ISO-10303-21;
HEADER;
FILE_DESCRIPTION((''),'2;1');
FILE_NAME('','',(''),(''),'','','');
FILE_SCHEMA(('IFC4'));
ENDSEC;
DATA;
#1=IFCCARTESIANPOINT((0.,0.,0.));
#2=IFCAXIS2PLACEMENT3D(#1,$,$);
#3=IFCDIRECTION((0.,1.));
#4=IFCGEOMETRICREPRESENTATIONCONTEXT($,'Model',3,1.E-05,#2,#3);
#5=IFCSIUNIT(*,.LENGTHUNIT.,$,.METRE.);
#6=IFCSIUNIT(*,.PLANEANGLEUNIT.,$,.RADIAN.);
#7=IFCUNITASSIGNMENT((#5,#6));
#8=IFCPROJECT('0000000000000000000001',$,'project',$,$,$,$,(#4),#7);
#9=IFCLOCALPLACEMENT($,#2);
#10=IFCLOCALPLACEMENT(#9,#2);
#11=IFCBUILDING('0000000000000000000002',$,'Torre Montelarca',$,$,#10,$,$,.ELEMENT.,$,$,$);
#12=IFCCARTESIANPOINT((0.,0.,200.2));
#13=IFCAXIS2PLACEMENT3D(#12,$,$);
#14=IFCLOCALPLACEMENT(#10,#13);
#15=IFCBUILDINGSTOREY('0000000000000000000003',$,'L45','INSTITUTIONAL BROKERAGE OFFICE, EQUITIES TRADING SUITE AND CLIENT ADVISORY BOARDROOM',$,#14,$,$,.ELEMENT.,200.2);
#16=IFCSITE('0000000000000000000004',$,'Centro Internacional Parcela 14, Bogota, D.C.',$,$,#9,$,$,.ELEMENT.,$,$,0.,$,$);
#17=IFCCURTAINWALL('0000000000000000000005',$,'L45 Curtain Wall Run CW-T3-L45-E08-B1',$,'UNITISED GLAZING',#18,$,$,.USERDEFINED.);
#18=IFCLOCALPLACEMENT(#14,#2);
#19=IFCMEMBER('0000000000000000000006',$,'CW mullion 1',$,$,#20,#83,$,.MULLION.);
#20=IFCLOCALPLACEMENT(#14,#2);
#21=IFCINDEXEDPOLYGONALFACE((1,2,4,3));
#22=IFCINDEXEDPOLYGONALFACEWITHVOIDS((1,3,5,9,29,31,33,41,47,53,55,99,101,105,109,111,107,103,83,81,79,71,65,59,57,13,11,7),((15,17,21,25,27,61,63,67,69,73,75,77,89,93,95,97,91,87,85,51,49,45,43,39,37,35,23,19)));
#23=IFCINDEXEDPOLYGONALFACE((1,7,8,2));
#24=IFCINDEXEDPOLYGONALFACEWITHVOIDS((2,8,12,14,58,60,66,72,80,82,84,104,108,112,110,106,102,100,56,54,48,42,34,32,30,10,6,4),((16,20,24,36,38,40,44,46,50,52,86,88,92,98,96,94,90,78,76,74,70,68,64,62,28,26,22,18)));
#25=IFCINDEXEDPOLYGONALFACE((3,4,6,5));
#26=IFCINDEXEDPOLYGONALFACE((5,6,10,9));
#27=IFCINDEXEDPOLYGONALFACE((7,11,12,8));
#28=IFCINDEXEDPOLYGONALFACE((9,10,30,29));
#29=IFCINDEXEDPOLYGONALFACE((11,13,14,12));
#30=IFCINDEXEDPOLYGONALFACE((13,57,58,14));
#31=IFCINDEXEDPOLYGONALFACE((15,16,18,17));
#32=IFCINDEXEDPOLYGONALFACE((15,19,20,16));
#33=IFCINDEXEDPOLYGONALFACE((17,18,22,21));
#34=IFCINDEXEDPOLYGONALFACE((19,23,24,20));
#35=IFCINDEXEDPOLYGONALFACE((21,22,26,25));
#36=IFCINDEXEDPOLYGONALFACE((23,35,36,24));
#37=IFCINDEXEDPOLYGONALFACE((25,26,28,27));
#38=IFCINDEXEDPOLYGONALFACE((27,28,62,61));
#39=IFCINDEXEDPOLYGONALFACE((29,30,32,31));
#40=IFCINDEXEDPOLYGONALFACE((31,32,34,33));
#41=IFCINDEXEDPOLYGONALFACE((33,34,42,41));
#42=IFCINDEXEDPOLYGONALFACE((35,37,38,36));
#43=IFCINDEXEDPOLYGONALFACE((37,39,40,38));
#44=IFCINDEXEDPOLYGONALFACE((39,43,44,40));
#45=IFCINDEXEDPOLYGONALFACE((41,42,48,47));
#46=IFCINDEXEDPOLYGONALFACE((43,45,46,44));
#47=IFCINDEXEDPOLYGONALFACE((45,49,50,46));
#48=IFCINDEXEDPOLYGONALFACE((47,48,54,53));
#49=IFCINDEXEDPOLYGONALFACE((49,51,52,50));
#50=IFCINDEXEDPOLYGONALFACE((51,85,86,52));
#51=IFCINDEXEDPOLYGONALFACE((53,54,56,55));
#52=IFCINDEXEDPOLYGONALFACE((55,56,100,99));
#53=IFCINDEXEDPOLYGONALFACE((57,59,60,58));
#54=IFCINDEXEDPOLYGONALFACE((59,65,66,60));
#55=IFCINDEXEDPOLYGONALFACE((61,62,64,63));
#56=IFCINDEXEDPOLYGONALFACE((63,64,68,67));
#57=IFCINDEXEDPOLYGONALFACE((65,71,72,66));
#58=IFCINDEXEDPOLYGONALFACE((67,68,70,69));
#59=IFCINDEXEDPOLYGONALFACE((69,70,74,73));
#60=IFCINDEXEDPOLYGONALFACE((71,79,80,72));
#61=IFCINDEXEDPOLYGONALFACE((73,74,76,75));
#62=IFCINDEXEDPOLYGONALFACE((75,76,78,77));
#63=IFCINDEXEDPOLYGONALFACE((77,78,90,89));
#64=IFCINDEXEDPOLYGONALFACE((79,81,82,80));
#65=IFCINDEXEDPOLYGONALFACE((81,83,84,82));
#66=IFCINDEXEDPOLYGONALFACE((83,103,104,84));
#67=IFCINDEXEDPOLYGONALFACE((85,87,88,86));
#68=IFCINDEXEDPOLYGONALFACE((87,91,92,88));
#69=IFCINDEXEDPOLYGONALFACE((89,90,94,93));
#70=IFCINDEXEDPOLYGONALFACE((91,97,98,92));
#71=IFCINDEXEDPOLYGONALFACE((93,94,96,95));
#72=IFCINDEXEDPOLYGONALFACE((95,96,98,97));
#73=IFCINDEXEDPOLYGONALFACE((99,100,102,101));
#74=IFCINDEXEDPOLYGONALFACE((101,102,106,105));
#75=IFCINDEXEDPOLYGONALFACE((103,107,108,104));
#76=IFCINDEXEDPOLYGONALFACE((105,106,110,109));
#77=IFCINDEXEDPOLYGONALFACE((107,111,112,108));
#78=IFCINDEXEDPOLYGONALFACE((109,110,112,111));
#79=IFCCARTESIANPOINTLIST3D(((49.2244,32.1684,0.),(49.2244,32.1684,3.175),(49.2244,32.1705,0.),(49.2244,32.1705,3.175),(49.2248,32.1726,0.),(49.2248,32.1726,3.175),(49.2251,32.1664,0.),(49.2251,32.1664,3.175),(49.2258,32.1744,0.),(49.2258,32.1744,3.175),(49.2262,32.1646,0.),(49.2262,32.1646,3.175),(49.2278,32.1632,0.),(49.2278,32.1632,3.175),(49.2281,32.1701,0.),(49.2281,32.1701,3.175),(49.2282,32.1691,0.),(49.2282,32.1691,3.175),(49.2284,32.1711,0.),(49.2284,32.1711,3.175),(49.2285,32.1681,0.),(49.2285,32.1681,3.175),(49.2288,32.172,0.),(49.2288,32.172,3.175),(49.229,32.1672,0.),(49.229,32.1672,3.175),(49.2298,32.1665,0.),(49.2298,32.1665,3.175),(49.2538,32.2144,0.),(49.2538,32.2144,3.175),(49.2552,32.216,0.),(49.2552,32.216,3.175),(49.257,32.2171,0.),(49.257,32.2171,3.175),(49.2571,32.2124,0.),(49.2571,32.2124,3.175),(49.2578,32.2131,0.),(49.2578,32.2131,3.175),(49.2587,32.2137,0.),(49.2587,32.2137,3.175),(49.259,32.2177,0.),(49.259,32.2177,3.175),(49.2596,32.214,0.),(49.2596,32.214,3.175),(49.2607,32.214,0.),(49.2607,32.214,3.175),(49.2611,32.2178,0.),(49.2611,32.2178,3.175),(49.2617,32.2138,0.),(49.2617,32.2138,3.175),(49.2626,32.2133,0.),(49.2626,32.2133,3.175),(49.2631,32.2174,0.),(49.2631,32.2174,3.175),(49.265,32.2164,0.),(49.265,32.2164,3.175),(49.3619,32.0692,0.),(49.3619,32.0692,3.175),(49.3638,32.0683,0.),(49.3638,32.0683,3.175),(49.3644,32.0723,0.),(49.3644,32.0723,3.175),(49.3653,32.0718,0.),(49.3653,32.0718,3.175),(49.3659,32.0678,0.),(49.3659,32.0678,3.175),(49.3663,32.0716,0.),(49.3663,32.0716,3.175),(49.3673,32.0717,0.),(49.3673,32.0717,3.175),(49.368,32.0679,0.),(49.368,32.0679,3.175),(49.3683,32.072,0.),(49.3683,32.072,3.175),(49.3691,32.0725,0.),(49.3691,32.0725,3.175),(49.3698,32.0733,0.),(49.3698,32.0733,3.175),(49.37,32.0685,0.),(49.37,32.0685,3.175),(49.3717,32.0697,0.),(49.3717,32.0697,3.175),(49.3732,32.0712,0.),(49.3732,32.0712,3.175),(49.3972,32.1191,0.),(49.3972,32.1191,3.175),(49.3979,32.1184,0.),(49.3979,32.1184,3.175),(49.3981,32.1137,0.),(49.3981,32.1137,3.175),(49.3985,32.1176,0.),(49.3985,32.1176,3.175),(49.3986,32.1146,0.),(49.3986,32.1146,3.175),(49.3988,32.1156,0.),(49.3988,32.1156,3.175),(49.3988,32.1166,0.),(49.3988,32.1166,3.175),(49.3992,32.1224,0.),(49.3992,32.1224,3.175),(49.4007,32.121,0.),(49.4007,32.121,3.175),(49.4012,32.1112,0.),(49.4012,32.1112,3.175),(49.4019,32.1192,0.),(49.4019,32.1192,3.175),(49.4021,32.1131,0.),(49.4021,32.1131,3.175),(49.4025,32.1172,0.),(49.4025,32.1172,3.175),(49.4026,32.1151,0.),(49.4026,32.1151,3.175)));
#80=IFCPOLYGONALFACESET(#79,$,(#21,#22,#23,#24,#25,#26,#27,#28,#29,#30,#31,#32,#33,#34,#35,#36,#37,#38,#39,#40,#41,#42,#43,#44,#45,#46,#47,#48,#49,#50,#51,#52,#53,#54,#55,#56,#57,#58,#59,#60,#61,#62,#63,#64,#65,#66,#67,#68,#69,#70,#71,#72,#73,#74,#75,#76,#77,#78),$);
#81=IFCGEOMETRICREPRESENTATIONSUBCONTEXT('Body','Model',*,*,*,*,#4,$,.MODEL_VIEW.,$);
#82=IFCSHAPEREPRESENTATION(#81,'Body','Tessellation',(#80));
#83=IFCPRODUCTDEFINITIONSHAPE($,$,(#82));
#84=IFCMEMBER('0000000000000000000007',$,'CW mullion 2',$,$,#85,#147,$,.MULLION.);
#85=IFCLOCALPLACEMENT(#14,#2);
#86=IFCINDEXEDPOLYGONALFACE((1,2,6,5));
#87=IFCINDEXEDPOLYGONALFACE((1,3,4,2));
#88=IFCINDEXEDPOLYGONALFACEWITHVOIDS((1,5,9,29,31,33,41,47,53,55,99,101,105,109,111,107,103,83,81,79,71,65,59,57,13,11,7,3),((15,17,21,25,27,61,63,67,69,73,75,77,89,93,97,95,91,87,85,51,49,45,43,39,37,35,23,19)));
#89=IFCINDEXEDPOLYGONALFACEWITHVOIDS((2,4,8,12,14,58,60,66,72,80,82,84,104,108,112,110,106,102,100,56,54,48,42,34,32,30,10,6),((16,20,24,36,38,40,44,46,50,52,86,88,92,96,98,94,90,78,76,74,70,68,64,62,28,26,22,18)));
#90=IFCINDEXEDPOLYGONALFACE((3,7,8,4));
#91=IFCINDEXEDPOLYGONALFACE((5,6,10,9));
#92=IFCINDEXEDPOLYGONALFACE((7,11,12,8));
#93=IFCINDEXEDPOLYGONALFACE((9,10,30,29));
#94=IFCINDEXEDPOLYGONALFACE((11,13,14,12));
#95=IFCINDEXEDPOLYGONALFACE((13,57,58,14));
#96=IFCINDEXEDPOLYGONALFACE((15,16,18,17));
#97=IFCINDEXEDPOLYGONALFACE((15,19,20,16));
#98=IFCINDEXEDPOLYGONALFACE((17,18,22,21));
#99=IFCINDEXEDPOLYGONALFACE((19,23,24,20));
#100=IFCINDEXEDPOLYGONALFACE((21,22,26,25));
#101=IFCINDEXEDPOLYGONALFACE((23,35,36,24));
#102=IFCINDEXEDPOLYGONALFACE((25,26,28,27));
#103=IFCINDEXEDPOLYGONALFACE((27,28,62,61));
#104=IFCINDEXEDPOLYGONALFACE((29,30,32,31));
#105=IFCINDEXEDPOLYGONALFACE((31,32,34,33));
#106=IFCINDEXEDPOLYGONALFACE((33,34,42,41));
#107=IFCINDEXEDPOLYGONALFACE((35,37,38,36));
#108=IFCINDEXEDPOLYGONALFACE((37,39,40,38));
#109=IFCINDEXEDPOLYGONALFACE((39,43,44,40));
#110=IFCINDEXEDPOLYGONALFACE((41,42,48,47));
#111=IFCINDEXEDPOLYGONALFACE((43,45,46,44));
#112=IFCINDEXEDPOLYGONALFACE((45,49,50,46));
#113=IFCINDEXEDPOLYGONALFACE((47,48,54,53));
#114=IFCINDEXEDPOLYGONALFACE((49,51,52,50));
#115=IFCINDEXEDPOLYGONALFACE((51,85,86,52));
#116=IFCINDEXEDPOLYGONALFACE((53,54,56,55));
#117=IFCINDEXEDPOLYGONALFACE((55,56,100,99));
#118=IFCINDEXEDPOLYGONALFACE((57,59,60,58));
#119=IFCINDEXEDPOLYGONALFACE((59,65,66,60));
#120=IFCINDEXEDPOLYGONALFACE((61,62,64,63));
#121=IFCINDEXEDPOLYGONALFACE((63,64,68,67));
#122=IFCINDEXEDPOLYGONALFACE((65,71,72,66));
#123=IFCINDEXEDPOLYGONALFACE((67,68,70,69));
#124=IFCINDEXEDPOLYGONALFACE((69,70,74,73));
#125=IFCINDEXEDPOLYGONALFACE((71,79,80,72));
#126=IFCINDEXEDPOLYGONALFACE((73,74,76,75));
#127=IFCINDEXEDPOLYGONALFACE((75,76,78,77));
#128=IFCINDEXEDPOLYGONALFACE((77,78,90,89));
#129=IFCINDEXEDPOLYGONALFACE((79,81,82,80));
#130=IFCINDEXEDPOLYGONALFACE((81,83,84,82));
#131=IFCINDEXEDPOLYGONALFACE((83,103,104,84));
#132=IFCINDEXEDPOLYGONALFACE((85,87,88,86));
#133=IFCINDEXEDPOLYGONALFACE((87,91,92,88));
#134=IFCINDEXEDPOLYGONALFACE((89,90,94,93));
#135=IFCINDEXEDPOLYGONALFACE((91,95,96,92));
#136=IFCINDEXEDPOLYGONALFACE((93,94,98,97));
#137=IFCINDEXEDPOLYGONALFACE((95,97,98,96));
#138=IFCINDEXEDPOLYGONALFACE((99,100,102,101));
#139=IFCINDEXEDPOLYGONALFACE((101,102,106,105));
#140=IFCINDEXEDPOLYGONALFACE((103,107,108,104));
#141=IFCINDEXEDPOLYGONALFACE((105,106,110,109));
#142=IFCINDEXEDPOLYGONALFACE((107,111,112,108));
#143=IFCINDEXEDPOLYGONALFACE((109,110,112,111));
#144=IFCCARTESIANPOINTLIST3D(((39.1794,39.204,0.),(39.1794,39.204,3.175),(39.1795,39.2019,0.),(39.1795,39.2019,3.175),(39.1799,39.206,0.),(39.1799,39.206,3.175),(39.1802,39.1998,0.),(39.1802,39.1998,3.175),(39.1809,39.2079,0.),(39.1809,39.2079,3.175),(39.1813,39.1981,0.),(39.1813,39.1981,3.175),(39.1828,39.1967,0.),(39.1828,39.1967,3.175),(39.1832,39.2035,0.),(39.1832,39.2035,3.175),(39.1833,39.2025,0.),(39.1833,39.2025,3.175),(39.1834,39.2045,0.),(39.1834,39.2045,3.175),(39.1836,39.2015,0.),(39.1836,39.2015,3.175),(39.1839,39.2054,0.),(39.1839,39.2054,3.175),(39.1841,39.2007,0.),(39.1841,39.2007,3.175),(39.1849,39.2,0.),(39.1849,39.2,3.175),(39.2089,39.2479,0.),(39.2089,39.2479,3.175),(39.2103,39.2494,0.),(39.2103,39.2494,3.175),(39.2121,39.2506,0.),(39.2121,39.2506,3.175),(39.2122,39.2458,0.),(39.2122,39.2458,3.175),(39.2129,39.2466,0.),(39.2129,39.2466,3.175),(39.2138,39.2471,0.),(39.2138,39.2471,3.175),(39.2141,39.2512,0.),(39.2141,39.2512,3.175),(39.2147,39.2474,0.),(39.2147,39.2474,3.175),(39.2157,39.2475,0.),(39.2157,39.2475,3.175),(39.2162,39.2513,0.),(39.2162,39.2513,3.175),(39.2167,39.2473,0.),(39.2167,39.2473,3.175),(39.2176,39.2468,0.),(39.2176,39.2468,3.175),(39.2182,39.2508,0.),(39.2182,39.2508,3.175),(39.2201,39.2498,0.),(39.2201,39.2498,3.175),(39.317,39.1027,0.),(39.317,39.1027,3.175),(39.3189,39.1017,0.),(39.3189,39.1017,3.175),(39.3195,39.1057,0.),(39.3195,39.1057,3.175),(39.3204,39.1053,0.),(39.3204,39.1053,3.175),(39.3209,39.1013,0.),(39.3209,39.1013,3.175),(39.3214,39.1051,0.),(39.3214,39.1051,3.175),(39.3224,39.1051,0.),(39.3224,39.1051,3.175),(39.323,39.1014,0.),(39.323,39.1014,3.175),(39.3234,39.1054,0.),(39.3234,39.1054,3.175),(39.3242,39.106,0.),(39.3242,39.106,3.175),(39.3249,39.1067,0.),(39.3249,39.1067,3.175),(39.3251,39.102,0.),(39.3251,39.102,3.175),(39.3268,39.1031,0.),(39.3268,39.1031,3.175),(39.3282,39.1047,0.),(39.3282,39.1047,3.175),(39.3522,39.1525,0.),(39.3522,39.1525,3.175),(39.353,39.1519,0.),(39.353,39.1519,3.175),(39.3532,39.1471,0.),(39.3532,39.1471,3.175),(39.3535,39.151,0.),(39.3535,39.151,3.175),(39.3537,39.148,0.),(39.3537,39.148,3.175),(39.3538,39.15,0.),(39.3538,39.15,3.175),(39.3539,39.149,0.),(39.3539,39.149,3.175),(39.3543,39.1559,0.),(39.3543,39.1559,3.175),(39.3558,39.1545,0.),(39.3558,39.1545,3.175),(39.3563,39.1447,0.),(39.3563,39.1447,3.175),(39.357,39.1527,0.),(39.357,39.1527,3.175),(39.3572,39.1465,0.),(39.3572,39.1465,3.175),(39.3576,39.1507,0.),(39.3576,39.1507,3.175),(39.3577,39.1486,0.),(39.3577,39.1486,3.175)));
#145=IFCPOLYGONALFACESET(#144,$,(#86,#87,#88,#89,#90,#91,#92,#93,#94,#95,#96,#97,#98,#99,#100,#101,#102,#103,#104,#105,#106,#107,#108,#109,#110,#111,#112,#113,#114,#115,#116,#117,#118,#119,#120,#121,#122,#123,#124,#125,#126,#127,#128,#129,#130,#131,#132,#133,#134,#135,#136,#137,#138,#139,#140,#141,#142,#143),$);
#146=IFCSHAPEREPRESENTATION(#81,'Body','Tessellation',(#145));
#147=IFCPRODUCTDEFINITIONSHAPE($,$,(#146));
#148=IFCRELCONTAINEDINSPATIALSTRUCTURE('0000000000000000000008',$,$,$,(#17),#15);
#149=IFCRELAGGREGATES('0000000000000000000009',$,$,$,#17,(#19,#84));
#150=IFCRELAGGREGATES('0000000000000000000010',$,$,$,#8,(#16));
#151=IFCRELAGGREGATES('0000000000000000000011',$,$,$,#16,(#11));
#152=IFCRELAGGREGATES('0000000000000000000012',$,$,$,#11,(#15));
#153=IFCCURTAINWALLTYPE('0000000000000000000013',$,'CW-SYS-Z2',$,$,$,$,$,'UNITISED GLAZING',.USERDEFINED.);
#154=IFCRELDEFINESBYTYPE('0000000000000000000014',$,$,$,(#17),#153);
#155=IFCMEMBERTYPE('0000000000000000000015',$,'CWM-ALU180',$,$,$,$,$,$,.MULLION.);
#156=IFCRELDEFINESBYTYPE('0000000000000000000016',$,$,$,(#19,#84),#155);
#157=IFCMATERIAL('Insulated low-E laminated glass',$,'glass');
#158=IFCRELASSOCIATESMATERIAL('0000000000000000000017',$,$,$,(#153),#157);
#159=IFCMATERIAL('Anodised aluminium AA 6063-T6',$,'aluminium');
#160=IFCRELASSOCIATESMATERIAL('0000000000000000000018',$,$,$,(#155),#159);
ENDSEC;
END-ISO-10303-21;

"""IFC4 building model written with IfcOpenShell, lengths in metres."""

from ifc_helpers import new_model, si_unit, direction, frame, origin, origin_2d, place, context, subcontext, project, spatial, hollow_rectangle, extrude, source, transform, mapped, material, material_profile, profile_set, type_object, element, aggregate, save


model = new_model("IFC4")

# Units and contexts
model_context = context("Model", 3, precision=1e-05, world=origin(), true_north=direction((0.0, 1.0)))
body_context = subcontext(model_context, "Body", "Model", "MODEL_VIEW")
ifc_project = project(units=[si_unit("LENGTHUNIT", "METRE"), si_unit("PLANEANGLEUNIT", "RADIAN")], contexts=[model_context])

# Site, building, storey
site_placement = place(None, origin())
site = spatial("IfcSite", under=ifc_project, at=site_placement, Name="Centro Internacional Parcela 14, Bogota, D.C.", CompositionType="ELEMENT", RefElevation=0.0)
building_placement = place(site_placement, origin())
building = spatial("IfcBuilding", under=site, at=building_placement, Name="Torre Montelarca", CompositionType="ELEMENT")
storey_placement = place(building_placement, frame((0.0, 0.0, 200.2)))
storey = spatial("IfcBuildingStorey", under=building, at=storey_placement, Name="L45", Description="INSTITUTIONAL BROKERAGE OFFICE, EQUITIES TRADING SUITE AND CLIENT ADVISORY BOARDROOM", CompositionType="ELEMENT", Elevation=200.2)

# Curtain wall, members
ifc_material_1 = material(Name="Insulated low-E laminated glass", Category="glass")
curtain_wall_type = type_object("IfcCurtainWallType", Name="CW-SYS-Z2", ElementType="UNITISED GLAZING", PredefinedType="USERDEFINED", material=ifc_material_1)
ifc_material_2 = material(Name="Anodised aluminium AA 6063-T6", Category="aluminium")
ifc_material_profile_1 = material_profile(ifc_material_2, hollow_rectangle(XDim=0.0649, YDim=0.1799, WallThickness=0.0039, InnerFilletRadius=0.0039, OuterFilletRadius=0.0081, at=origin_2d()), Name="ALU65X180X4", Category="aluminium")
ifc_profile_set_1 = profile_set([ifc_material_profile_1], Name="Anodised aluminium AA 6063-T6")
member_type_1 = type_object("IfcMemberType", Name="CWM-ALU180", PredefinedType="MULLION", material=ifc_profile_set_1)
curtain_wall_1_placement = place(storey_placement, origin())
curtain_wall_1 = element("IfcCurtainWall", 1, at=curtain_wall_1_placement, inside=storey, type_object=curtain_wall_type, Name="L45 Curtain Wall Run CW-T3-L45-E08-B1", ObjectType="UNITISED GLAZING", PredefinedType="USERDEFINED")
shared_shape_1 = source(origin(), body_context, "Body", "SweptSolid", [
    extrude(hollow_rectangle(XDim=0.0649, YDim=0.1799, WallThickness=0.0039, InnerFilletRadius=0.0039, OuterFilletRadius=0.0081, at=origin_2d()), origin(), (0.0, 0.0, 1.0), 3.175),
])
member_1_placement = place(storey_placement, frame((49.3135, 32.1428, 0.0), z_axis=(0.0, 0.0, 1.0), x_axis=(-0.573572, -0.819155, 0.0)))
member_1 = element("IfcMember", 2, at=member_1_placement, type_object=member_type_1, Name="CW mullion 1", PredefinedType="MULLION", context=body_context, shape_type="MappedRepresentation", body=[
    mapped(shared_shape_1, transform((0.0, 0.0, 0.0), scale=1.0)),
])
member_2_placement = place(storey_placement, frame((39.2686, 39.1763, 0.0), z_axis=(0.0, 0.0, 1.0), x_axis=(-0.573572, -0.819155, 0.0)))
member_2 = element("IfcMember", 3, at=member_2_placement, type_object=member_type_1, Name="CW mullion 2", PredefinedType="MULLION", context=body_context, shape_type="MappedRepresentation", body=[
    mapped(shared_shape_1, transform((0.0, 0.0, 0.0), scale=1.0)),
])

aggregate(curtain_wall_1, [member_1, member_2])

save(model, "model.ifc")
